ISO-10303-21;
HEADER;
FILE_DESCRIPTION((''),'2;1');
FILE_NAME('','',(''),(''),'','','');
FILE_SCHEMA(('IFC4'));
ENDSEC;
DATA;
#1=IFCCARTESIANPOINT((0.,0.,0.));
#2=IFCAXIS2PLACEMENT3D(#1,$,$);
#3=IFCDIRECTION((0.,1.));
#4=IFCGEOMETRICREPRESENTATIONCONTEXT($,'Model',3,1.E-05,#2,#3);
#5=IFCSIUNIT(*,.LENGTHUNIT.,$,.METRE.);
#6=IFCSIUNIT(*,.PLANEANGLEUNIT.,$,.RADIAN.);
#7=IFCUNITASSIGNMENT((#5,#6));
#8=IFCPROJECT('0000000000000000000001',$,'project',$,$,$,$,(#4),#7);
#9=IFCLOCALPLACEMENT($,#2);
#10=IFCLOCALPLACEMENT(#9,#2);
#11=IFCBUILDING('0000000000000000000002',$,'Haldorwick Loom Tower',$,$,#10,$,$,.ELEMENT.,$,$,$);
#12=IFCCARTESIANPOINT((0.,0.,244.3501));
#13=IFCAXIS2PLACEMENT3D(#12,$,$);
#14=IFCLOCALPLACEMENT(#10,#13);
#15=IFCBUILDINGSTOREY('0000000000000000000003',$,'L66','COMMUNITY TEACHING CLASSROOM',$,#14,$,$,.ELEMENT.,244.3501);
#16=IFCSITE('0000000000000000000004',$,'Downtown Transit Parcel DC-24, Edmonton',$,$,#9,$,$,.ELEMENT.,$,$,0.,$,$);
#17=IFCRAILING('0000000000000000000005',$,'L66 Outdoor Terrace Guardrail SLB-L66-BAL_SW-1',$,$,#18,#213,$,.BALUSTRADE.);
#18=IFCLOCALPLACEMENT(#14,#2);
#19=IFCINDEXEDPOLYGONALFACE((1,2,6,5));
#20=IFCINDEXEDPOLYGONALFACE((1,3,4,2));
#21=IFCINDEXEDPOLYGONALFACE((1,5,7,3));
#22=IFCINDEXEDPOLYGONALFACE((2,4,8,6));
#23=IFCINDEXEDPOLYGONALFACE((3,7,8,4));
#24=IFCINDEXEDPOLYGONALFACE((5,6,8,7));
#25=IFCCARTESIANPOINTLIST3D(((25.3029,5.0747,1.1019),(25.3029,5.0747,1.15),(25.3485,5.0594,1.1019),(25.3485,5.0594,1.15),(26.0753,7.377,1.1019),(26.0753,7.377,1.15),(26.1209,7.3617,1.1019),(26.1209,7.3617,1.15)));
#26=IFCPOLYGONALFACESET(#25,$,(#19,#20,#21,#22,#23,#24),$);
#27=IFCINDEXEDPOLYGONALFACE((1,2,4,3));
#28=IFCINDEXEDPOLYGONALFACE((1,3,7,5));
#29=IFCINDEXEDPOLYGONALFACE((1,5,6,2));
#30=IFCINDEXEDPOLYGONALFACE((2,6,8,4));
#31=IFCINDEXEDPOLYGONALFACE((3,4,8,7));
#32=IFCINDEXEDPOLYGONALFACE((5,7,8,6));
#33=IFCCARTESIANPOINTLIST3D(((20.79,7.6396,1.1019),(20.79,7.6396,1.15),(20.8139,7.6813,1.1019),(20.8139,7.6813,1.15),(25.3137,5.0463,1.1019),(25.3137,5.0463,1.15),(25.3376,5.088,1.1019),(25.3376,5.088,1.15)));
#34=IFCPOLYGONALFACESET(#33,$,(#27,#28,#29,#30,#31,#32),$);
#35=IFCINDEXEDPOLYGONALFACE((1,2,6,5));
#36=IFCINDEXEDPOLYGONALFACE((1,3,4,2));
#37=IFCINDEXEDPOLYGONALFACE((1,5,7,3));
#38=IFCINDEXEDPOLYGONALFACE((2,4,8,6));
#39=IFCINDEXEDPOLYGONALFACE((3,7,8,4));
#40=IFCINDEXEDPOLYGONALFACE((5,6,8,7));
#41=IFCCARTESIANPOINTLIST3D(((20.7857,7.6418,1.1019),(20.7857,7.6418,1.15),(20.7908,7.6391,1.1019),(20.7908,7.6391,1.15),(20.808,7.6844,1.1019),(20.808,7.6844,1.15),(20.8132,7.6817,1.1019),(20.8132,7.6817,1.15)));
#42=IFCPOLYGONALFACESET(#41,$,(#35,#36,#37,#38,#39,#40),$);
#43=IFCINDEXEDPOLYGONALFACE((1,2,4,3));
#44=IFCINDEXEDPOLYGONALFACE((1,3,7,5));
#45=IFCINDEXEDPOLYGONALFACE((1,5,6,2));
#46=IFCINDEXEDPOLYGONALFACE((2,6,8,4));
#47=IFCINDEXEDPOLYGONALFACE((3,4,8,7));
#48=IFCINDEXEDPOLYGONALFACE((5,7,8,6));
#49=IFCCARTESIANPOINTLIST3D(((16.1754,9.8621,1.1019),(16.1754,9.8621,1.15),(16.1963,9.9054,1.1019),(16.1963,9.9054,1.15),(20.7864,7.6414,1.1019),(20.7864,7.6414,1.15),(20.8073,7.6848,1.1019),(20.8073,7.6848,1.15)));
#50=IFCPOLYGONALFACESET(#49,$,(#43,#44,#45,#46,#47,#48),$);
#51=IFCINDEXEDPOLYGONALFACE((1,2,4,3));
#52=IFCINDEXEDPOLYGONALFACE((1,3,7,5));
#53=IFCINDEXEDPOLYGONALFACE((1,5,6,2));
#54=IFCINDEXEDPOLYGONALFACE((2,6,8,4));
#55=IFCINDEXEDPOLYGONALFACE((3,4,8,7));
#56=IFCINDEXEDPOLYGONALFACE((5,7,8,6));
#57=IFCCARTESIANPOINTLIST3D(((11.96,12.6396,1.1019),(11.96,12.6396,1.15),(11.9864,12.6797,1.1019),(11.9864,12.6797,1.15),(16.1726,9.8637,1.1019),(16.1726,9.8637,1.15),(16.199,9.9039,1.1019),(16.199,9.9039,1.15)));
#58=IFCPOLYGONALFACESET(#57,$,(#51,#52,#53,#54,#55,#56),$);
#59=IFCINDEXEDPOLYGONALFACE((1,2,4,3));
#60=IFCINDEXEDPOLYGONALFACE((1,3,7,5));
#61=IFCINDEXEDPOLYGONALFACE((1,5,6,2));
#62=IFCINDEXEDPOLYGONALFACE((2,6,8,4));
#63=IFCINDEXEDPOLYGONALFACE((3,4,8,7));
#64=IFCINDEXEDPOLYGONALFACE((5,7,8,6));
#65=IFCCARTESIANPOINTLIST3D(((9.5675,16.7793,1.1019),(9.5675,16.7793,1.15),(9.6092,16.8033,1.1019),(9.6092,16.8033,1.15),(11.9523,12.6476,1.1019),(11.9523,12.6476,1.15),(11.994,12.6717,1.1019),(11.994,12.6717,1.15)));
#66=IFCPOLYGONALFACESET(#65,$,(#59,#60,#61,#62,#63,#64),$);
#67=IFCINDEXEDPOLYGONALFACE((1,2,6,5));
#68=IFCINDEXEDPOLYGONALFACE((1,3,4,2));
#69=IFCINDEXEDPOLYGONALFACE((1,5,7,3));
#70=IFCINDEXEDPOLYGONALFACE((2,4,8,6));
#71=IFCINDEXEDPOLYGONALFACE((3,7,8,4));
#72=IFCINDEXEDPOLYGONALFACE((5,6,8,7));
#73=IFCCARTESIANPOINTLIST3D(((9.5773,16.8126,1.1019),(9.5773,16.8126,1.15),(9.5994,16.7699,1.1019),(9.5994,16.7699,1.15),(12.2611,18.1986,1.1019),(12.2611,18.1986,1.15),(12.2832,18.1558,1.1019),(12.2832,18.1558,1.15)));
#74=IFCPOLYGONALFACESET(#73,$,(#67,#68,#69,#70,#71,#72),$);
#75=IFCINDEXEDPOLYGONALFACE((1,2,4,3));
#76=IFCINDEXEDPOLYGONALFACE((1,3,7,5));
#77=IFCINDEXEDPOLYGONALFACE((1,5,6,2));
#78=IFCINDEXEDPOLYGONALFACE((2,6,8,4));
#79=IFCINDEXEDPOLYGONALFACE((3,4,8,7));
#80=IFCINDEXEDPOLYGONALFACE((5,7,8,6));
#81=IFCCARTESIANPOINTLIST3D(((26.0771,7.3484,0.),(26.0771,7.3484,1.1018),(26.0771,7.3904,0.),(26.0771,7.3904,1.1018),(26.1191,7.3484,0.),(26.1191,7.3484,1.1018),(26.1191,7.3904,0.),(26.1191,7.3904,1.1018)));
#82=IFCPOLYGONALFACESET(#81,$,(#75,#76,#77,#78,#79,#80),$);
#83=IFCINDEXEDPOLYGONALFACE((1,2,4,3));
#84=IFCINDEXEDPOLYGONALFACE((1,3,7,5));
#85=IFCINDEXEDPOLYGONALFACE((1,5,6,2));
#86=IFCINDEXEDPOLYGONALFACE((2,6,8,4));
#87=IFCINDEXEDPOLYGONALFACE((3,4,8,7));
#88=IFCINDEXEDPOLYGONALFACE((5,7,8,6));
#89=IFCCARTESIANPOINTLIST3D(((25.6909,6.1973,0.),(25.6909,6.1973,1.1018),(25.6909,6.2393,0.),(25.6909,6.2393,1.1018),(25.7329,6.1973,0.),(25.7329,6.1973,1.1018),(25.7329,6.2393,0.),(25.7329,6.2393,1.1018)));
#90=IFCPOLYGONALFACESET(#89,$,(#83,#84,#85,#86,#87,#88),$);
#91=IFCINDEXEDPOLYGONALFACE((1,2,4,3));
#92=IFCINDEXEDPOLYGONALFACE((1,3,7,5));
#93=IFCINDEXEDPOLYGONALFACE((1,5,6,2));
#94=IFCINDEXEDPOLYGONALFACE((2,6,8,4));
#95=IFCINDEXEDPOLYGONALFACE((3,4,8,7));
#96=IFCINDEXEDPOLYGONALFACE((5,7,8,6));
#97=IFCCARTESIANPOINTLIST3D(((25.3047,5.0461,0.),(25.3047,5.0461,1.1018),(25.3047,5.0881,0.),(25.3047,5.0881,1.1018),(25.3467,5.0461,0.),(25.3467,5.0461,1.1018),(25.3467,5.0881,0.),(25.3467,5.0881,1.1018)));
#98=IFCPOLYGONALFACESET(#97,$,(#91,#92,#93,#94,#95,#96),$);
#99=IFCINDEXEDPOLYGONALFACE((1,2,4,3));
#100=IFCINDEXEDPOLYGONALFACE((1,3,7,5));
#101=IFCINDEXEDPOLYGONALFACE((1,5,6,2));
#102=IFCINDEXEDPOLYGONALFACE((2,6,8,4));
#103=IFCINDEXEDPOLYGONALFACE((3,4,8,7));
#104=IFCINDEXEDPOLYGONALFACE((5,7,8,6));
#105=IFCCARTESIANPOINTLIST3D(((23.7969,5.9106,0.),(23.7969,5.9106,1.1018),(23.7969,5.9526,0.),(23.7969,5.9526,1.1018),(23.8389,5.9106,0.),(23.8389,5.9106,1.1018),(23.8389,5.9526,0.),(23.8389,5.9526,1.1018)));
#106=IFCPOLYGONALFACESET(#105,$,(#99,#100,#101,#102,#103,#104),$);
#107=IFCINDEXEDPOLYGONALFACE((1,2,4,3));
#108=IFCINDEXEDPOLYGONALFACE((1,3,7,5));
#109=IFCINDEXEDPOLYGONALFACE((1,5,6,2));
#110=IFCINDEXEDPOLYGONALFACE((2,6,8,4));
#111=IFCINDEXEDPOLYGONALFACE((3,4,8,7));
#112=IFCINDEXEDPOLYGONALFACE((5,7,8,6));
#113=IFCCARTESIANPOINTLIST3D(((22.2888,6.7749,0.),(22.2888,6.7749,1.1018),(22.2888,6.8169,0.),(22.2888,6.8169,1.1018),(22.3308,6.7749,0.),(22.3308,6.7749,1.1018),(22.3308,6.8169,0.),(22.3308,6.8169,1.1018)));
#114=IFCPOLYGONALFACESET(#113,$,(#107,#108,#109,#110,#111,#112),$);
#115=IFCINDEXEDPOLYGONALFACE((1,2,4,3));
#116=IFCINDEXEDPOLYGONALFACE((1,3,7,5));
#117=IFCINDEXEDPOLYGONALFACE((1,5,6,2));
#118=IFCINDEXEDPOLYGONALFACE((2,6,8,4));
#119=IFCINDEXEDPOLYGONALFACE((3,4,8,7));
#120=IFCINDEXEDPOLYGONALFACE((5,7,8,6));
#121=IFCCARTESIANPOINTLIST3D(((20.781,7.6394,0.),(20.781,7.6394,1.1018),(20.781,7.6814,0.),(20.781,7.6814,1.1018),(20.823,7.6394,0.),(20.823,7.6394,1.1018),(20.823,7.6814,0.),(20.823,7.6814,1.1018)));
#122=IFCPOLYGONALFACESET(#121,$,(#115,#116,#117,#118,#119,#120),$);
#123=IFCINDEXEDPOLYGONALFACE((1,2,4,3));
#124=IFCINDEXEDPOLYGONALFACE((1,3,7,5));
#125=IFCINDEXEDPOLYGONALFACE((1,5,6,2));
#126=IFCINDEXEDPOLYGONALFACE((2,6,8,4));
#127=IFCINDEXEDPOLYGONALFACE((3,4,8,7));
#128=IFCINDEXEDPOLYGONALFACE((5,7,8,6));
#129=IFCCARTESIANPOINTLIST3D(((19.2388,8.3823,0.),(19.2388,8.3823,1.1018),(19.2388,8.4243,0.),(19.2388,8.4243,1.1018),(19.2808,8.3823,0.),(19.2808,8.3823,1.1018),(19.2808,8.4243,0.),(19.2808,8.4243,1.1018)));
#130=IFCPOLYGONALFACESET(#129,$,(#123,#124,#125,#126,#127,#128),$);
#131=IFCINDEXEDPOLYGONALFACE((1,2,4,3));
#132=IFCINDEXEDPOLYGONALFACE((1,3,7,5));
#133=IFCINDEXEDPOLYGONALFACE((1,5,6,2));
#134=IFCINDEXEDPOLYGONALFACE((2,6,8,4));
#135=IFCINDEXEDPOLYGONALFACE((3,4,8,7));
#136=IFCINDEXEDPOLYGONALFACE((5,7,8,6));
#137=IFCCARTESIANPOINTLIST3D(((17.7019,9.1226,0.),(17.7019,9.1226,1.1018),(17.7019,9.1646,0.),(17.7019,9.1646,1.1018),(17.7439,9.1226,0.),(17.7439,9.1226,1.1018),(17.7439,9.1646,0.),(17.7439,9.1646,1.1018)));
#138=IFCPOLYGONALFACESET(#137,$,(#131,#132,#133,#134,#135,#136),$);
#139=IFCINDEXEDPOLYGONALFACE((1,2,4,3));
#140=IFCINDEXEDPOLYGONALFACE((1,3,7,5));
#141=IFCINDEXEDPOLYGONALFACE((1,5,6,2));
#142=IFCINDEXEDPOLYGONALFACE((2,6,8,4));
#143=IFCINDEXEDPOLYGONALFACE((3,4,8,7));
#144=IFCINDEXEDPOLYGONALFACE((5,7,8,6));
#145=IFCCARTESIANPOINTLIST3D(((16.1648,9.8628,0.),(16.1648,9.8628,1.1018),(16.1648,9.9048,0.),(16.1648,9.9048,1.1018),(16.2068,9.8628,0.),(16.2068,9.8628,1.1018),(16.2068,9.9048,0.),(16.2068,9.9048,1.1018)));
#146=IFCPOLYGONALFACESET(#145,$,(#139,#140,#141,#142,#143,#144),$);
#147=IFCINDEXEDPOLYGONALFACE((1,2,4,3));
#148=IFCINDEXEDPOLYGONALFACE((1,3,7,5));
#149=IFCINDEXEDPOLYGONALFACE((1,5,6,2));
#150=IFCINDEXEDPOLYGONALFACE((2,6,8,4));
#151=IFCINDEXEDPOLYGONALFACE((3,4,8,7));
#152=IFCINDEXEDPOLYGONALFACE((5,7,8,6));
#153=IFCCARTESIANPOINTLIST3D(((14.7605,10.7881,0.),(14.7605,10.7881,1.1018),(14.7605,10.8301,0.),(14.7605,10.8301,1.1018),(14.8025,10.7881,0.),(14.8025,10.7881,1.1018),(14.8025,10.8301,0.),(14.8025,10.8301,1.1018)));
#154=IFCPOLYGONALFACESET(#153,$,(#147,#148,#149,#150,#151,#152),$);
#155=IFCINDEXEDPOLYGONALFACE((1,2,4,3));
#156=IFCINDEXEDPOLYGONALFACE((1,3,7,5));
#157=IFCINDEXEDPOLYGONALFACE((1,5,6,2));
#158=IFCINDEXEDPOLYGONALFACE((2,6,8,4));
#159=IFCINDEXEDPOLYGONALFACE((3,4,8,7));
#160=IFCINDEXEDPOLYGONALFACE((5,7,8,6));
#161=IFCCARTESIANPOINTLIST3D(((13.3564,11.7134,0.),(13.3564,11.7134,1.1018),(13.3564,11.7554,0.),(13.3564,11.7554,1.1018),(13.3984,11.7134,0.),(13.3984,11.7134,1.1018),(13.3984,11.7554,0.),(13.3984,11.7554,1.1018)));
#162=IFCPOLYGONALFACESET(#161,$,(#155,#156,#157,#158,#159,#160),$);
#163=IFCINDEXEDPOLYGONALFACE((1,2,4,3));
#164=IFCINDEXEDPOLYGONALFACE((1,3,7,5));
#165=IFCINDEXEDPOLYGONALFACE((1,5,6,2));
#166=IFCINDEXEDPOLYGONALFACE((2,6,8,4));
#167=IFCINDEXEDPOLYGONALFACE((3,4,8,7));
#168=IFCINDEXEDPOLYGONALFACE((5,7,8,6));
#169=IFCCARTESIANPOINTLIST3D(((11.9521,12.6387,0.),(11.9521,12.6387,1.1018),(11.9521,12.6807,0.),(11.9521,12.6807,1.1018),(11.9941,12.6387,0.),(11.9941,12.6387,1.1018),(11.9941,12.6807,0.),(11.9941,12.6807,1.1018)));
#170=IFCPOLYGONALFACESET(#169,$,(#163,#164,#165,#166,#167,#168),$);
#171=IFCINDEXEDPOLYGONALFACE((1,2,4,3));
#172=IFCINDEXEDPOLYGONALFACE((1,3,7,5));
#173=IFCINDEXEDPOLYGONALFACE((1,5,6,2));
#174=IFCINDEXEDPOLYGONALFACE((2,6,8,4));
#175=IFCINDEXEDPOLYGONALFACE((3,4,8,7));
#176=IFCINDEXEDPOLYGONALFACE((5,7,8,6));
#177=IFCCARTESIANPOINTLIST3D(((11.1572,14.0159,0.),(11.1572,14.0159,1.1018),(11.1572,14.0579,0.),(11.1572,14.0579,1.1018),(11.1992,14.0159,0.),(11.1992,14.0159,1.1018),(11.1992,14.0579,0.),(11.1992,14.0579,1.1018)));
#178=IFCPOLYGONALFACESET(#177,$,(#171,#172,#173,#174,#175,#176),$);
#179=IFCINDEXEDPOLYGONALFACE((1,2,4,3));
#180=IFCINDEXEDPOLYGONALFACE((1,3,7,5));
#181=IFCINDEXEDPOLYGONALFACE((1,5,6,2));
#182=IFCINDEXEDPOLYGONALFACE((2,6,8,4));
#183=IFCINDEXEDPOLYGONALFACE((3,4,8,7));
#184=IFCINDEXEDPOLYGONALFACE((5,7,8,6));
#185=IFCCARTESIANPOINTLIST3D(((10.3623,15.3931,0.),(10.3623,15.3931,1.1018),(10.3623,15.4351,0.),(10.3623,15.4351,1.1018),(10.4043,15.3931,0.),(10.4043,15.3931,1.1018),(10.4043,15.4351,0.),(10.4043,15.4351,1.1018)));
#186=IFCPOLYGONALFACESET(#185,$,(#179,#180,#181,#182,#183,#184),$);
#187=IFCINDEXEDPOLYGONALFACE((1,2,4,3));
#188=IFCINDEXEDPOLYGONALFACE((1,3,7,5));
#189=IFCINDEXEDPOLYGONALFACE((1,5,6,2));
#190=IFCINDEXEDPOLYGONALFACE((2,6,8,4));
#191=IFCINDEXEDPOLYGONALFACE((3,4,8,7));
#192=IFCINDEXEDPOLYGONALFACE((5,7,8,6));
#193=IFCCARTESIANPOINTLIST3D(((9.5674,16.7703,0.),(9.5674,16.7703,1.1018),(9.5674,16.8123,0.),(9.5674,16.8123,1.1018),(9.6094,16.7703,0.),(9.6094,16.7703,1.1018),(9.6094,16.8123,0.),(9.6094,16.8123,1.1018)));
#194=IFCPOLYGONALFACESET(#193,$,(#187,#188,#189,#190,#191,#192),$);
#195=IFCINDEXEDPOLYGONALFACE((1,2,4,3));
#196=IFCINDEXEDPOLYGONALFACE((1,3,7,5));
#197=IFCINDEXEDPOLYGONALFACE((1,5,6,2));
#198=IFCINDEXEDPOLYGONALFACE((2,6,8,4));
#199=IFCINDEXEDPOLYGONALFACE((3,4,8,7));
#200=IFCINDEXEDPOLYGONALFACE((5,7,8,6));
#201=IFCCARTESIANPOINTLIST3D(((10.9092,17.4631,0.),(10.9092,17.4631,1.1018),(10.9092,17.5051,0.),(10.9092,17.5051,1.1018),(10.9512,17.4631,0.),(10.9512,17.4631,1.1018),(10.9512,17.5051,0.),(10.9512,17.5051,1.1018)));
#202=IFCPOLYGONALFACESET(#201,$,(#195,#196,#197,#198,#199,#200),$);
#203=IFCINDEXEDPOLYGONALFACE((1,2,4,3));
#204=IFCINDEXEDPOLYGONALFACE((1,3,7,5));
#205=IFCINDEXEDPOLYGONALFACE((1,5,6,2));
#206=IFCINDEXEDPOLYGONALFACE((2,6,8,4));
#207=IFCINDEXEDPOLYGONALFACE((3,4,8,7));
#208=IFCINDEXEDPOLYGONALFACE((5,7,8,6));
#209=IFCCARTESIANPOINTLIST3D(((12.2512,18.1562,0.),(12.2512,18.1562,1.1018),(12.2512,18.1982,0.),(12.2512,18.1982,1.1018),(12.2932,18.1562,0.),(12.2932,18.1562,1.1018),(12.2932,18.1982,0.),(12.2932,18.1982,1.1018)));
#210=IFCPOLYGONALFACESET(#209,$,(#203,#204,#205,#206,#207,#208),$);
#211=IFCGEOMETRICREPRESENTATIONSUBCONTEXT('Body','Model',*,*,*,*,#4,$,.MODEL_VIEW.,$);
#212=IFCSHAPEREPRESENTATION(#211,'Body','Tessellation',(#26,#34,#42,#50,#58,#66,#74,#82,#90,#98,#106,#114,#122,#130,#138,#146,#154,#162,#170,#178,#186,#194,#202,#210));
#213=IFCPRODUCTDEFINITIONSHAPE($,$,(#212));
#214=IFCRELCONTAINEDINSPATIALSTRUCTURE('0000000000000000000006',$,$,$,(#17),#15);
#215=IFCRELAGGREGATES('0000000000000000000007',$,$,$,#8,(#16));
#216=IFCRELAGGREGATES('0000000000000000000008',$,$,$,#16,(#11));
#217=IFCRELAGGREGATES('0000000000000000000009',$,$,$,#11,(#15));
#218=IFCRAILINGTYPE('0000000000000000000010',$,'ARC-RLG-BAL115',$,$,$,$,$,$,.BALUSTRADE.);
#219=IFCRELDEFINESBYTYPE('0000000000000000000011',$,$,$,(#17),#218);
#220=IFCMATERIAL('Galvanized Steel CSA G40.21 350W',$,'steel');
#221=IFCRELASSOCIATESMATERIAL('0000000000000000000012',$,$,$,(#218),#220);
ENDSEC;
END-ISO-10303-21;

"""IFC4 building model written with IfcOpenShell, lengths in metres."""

from ifc_helpers import new_model, si_unit, direction, frame, origin, origin_2d, place, context, subcontext, project, spatial, rectangle, extrude, material, type_object, element, save


model = new_model("IFC4")

# Units and contexts
model_context = context("Model", 3, precision=1e-05, world=origin(), true_north=direction((0.0, 1.0)))
body_context = subcontext(model_context, "Body", "Model", "MODEL_VIEW")
ifc_project = project(units=[si_unit("LENGTHUNIT", "METRE"), si_unit("PLANEANGLEUNIT", "RADIAN")], contexts=[model_context])

# Site, building, storey
site_placement = place(None, origin())
site = spatial("IfcSite", under=ifc_project, at=site_placement, Name="Downtown Transit Parcel DC-24, Edmonton", CompositionType="ELEMENT", RefElevation=0.0)
building_placement = place(site_placement, origin())
building = spatial("IfcBuilding", under=site, at=building_placement, Name="Haldorwick Loom Tower", CompositionType="ELEMENT")
storey_placement = place(building_placement, frame((0.0, 0.0, 244.3501)))
storey = spatial("IfcBuildingStorey", under=building, at=storey_placement, Name="L66", Description="COMMUNITY TEACHING CLASSROOM", CompositionType="ELEMENT", Elevation=244.3501)

# Railing
ifc_material_1 = material(Name="Galvanized Steel CSA G40.21 350W", Category="steel")
railing_type = type_object("IfcRailingType", Name="ARC-RLG-BAL115", PredefinedType="BALUSTRADE", material=ifc_material_1)
railing_placement = place(storey_placement, frame((26.0981, 7.3694, 0.0)))
element("IfcRailing", 1, at=railing_placement, inside=storey, type_object=railing_type, Name="L66 Outdoor Terrace Guardrail SLB-L66-BAL_SW-1", PredefinedType="BALUSTRADE", context=body_context, shape_type="SweptSolid", body=[
    extrude(rectangle(XDim=0.0481, YDim=0.0481, at=origin_2d()), frame((0.0, 0.0, 1.126), z_axis=(-0.318097, -0.948058, 0.0), x_axis=(0.948058, -0.318097, 0.0)), (0.0, 0.0, 1.0), 2.4285),
    extrude(rectangle(XDim=0.0481, YDim=0.0481, at=origin_2d()), frame((-0.7725, -2.3022, 1.126), z_axis=(-0.867557, 0.497339, 0.0), x_axis=(-0.497339, -0.867557, 0.0)), (0.0, 0.0, 1.0), 5.2144),
    extrude(rectangle(XDim=0.0481, YDim=0.0481, at=origin_2d()), frame((-5.2961, 0.291, 1.126), z_axis=(-0.885832, 0.464007, 0.0), x_axis=(-0.464007, -0.885832, 0.0)), (0.0, 0.0, 1.0), 0.0059),
    extrude(rectangle(XDim=0.0481, YDim=0.0481, at=origin_2d()), frame((-5.3013, 0.2937, 1.126), z_axis=(-0.90096, 0.433903, 0.0), x_axis=(-0.433903, -0.90096, 0.0)), (0.0, 0.0, 1.0), 5.1179),
    extrude(rectangle(XDim=0.0481, YDim=0.0481, at=origin_2d()), frame((-9.9124, 2.5144, 1.126), z_axis=(-0.835016, 0.550225, 0.0), x_axis=(-0.550225, -0.835016, 0.0)), (0.0, 0.0, 1.0), 5.0449),
    extrude(rectangle(XDim=0.0481, YDim=0.0481, at=origin_2d()), frame((-14.125, 5.2903, 1.126), z_axis=(-0.499904, 0.866081, 0.0), x_axis=(-0.866081, -0.499904, 0.0)), (0.0, 0.0, 1.0), 4.7705),
    extrude(rectangle(XDim=0.0481, YDim=0.0481, at=origin_2d()), frame((-16.5098, 9.4219, 1.126), z_axis=(0.888515, 0.458847, 0.0), x_axis=(-0.458847, 0.888515, 0.0)), (0.0, 0.0, 1.0), 3.0205),
    extrude(rectangle(XDim=0.042, YDim=0.042, at=origin_2d()), origin(), (0.0, 0.0, 1.0), 1.1018),
    extrude(rectangle(XDim=0.042, YDim=0.042, at=origin_2d()), frame((-0.3862, -1.1511, 0.0)), (0.0, 0.0, 1.0), 1.1018),
    extrude(rectangle(XDim=0.042, YDim=0.042, at=origin_2d()), frame((-0.7725, -2.3022, 0.0)), (0.0, 0.0, 1.0), 1.1018),
    extrude(rectangle(XDim=0.042, YDim=0.042, at=origin_2d()), frame((-2.2803, -1.4377, 0.0)), (0.0, 0.0, 1.0), 1.1018),
    extrude(rectangle(XDim=0.042, YDim=0.042, at=origin_2d()), frame((-3.7883, -0.5735, 0.0)), (0.0, 0.0, 1.0), 1.1018),
    extrude(rectangle(XDim=0.042, YDim=0.042, at=origin_2d()), frame((-5.2961, 0.291, 0.0)), (0.0, 0.0, 1.0), 1.1018),
    extrude(rectangle(XDim=0.042, YDim=0.042, at=origin_2d()), frame((-6.8384, 1.0339, 0.0)), (0.0, 0.0, 1.0), 1.1018),
    extrude(rectangle(XDim=0.042, YDim=0.042, at=origin_2d()), frame((-8.3752, 1.7742, 0.0)), (0.0, 0.0, 1.0), 1.1018),
    extrude(rectangle(XDim=0.042, YDim=0.042, at=origin_2d()), frame((-9.9124, 2.5144, 0.0)), (0.0, 0.0, 1.0), 1.1018),
    extrude(rectangle(XDim=0.042, YDim=0.042, at=origin_2d()), frame((-11.3167, 3.4397, 0.0)), (0.0, 0.0, 1.0), 1.1018),
    extrude(rectangle(XDim=0.042, YDim=0.042, at=origin_2d()), frame((-12.7207, 4.365, 0.0)), (0.0, 0.0, 1.0), 1.1018),
    extrude(rectangle(XDim=0.042, YDim=0.042, at=origin_2d()), frame((-14.125, 5.2903, 0.0)), (0.0, 0.0, 1.0), 1.1018),
    extrude(rectangle(XDim=0.042, YDim=0.042, at=origin_2d()), frame((-14.9199, 6.6675, 0.0)), (0.0, 0.0, 1.0), 1.1018),
    extrude(rectangle(XDim=0.042, YDim=0.042, at=origin_2d()), frame((-15.7148, 8.0447, 0.0)), (0.0, 0.0, 1.0), 1.1018),
    extrude(rectangle(XDim=0.042, YDim=0.042, at=origin_2d()), frame((-16.5098, 9.4219, 0.0)), (0.0, 0.0, 1.0), 1.1018),
    extrude(rectangle(XDim=0.042, YDim=0.042, at=origin_2d()), frame((-15.168, 10.1147, 0.0)), (0.0, 0.0, 1.0), 1.1018),
    extrude(rectangle(XDim=0.042, YDim=0.042, at=origin_2d()), frame((-13.8259, 10.8079, 0.0)), (0.0, 0.0, 1.0), 1.1018),
])

save(model, "model.ifc")
